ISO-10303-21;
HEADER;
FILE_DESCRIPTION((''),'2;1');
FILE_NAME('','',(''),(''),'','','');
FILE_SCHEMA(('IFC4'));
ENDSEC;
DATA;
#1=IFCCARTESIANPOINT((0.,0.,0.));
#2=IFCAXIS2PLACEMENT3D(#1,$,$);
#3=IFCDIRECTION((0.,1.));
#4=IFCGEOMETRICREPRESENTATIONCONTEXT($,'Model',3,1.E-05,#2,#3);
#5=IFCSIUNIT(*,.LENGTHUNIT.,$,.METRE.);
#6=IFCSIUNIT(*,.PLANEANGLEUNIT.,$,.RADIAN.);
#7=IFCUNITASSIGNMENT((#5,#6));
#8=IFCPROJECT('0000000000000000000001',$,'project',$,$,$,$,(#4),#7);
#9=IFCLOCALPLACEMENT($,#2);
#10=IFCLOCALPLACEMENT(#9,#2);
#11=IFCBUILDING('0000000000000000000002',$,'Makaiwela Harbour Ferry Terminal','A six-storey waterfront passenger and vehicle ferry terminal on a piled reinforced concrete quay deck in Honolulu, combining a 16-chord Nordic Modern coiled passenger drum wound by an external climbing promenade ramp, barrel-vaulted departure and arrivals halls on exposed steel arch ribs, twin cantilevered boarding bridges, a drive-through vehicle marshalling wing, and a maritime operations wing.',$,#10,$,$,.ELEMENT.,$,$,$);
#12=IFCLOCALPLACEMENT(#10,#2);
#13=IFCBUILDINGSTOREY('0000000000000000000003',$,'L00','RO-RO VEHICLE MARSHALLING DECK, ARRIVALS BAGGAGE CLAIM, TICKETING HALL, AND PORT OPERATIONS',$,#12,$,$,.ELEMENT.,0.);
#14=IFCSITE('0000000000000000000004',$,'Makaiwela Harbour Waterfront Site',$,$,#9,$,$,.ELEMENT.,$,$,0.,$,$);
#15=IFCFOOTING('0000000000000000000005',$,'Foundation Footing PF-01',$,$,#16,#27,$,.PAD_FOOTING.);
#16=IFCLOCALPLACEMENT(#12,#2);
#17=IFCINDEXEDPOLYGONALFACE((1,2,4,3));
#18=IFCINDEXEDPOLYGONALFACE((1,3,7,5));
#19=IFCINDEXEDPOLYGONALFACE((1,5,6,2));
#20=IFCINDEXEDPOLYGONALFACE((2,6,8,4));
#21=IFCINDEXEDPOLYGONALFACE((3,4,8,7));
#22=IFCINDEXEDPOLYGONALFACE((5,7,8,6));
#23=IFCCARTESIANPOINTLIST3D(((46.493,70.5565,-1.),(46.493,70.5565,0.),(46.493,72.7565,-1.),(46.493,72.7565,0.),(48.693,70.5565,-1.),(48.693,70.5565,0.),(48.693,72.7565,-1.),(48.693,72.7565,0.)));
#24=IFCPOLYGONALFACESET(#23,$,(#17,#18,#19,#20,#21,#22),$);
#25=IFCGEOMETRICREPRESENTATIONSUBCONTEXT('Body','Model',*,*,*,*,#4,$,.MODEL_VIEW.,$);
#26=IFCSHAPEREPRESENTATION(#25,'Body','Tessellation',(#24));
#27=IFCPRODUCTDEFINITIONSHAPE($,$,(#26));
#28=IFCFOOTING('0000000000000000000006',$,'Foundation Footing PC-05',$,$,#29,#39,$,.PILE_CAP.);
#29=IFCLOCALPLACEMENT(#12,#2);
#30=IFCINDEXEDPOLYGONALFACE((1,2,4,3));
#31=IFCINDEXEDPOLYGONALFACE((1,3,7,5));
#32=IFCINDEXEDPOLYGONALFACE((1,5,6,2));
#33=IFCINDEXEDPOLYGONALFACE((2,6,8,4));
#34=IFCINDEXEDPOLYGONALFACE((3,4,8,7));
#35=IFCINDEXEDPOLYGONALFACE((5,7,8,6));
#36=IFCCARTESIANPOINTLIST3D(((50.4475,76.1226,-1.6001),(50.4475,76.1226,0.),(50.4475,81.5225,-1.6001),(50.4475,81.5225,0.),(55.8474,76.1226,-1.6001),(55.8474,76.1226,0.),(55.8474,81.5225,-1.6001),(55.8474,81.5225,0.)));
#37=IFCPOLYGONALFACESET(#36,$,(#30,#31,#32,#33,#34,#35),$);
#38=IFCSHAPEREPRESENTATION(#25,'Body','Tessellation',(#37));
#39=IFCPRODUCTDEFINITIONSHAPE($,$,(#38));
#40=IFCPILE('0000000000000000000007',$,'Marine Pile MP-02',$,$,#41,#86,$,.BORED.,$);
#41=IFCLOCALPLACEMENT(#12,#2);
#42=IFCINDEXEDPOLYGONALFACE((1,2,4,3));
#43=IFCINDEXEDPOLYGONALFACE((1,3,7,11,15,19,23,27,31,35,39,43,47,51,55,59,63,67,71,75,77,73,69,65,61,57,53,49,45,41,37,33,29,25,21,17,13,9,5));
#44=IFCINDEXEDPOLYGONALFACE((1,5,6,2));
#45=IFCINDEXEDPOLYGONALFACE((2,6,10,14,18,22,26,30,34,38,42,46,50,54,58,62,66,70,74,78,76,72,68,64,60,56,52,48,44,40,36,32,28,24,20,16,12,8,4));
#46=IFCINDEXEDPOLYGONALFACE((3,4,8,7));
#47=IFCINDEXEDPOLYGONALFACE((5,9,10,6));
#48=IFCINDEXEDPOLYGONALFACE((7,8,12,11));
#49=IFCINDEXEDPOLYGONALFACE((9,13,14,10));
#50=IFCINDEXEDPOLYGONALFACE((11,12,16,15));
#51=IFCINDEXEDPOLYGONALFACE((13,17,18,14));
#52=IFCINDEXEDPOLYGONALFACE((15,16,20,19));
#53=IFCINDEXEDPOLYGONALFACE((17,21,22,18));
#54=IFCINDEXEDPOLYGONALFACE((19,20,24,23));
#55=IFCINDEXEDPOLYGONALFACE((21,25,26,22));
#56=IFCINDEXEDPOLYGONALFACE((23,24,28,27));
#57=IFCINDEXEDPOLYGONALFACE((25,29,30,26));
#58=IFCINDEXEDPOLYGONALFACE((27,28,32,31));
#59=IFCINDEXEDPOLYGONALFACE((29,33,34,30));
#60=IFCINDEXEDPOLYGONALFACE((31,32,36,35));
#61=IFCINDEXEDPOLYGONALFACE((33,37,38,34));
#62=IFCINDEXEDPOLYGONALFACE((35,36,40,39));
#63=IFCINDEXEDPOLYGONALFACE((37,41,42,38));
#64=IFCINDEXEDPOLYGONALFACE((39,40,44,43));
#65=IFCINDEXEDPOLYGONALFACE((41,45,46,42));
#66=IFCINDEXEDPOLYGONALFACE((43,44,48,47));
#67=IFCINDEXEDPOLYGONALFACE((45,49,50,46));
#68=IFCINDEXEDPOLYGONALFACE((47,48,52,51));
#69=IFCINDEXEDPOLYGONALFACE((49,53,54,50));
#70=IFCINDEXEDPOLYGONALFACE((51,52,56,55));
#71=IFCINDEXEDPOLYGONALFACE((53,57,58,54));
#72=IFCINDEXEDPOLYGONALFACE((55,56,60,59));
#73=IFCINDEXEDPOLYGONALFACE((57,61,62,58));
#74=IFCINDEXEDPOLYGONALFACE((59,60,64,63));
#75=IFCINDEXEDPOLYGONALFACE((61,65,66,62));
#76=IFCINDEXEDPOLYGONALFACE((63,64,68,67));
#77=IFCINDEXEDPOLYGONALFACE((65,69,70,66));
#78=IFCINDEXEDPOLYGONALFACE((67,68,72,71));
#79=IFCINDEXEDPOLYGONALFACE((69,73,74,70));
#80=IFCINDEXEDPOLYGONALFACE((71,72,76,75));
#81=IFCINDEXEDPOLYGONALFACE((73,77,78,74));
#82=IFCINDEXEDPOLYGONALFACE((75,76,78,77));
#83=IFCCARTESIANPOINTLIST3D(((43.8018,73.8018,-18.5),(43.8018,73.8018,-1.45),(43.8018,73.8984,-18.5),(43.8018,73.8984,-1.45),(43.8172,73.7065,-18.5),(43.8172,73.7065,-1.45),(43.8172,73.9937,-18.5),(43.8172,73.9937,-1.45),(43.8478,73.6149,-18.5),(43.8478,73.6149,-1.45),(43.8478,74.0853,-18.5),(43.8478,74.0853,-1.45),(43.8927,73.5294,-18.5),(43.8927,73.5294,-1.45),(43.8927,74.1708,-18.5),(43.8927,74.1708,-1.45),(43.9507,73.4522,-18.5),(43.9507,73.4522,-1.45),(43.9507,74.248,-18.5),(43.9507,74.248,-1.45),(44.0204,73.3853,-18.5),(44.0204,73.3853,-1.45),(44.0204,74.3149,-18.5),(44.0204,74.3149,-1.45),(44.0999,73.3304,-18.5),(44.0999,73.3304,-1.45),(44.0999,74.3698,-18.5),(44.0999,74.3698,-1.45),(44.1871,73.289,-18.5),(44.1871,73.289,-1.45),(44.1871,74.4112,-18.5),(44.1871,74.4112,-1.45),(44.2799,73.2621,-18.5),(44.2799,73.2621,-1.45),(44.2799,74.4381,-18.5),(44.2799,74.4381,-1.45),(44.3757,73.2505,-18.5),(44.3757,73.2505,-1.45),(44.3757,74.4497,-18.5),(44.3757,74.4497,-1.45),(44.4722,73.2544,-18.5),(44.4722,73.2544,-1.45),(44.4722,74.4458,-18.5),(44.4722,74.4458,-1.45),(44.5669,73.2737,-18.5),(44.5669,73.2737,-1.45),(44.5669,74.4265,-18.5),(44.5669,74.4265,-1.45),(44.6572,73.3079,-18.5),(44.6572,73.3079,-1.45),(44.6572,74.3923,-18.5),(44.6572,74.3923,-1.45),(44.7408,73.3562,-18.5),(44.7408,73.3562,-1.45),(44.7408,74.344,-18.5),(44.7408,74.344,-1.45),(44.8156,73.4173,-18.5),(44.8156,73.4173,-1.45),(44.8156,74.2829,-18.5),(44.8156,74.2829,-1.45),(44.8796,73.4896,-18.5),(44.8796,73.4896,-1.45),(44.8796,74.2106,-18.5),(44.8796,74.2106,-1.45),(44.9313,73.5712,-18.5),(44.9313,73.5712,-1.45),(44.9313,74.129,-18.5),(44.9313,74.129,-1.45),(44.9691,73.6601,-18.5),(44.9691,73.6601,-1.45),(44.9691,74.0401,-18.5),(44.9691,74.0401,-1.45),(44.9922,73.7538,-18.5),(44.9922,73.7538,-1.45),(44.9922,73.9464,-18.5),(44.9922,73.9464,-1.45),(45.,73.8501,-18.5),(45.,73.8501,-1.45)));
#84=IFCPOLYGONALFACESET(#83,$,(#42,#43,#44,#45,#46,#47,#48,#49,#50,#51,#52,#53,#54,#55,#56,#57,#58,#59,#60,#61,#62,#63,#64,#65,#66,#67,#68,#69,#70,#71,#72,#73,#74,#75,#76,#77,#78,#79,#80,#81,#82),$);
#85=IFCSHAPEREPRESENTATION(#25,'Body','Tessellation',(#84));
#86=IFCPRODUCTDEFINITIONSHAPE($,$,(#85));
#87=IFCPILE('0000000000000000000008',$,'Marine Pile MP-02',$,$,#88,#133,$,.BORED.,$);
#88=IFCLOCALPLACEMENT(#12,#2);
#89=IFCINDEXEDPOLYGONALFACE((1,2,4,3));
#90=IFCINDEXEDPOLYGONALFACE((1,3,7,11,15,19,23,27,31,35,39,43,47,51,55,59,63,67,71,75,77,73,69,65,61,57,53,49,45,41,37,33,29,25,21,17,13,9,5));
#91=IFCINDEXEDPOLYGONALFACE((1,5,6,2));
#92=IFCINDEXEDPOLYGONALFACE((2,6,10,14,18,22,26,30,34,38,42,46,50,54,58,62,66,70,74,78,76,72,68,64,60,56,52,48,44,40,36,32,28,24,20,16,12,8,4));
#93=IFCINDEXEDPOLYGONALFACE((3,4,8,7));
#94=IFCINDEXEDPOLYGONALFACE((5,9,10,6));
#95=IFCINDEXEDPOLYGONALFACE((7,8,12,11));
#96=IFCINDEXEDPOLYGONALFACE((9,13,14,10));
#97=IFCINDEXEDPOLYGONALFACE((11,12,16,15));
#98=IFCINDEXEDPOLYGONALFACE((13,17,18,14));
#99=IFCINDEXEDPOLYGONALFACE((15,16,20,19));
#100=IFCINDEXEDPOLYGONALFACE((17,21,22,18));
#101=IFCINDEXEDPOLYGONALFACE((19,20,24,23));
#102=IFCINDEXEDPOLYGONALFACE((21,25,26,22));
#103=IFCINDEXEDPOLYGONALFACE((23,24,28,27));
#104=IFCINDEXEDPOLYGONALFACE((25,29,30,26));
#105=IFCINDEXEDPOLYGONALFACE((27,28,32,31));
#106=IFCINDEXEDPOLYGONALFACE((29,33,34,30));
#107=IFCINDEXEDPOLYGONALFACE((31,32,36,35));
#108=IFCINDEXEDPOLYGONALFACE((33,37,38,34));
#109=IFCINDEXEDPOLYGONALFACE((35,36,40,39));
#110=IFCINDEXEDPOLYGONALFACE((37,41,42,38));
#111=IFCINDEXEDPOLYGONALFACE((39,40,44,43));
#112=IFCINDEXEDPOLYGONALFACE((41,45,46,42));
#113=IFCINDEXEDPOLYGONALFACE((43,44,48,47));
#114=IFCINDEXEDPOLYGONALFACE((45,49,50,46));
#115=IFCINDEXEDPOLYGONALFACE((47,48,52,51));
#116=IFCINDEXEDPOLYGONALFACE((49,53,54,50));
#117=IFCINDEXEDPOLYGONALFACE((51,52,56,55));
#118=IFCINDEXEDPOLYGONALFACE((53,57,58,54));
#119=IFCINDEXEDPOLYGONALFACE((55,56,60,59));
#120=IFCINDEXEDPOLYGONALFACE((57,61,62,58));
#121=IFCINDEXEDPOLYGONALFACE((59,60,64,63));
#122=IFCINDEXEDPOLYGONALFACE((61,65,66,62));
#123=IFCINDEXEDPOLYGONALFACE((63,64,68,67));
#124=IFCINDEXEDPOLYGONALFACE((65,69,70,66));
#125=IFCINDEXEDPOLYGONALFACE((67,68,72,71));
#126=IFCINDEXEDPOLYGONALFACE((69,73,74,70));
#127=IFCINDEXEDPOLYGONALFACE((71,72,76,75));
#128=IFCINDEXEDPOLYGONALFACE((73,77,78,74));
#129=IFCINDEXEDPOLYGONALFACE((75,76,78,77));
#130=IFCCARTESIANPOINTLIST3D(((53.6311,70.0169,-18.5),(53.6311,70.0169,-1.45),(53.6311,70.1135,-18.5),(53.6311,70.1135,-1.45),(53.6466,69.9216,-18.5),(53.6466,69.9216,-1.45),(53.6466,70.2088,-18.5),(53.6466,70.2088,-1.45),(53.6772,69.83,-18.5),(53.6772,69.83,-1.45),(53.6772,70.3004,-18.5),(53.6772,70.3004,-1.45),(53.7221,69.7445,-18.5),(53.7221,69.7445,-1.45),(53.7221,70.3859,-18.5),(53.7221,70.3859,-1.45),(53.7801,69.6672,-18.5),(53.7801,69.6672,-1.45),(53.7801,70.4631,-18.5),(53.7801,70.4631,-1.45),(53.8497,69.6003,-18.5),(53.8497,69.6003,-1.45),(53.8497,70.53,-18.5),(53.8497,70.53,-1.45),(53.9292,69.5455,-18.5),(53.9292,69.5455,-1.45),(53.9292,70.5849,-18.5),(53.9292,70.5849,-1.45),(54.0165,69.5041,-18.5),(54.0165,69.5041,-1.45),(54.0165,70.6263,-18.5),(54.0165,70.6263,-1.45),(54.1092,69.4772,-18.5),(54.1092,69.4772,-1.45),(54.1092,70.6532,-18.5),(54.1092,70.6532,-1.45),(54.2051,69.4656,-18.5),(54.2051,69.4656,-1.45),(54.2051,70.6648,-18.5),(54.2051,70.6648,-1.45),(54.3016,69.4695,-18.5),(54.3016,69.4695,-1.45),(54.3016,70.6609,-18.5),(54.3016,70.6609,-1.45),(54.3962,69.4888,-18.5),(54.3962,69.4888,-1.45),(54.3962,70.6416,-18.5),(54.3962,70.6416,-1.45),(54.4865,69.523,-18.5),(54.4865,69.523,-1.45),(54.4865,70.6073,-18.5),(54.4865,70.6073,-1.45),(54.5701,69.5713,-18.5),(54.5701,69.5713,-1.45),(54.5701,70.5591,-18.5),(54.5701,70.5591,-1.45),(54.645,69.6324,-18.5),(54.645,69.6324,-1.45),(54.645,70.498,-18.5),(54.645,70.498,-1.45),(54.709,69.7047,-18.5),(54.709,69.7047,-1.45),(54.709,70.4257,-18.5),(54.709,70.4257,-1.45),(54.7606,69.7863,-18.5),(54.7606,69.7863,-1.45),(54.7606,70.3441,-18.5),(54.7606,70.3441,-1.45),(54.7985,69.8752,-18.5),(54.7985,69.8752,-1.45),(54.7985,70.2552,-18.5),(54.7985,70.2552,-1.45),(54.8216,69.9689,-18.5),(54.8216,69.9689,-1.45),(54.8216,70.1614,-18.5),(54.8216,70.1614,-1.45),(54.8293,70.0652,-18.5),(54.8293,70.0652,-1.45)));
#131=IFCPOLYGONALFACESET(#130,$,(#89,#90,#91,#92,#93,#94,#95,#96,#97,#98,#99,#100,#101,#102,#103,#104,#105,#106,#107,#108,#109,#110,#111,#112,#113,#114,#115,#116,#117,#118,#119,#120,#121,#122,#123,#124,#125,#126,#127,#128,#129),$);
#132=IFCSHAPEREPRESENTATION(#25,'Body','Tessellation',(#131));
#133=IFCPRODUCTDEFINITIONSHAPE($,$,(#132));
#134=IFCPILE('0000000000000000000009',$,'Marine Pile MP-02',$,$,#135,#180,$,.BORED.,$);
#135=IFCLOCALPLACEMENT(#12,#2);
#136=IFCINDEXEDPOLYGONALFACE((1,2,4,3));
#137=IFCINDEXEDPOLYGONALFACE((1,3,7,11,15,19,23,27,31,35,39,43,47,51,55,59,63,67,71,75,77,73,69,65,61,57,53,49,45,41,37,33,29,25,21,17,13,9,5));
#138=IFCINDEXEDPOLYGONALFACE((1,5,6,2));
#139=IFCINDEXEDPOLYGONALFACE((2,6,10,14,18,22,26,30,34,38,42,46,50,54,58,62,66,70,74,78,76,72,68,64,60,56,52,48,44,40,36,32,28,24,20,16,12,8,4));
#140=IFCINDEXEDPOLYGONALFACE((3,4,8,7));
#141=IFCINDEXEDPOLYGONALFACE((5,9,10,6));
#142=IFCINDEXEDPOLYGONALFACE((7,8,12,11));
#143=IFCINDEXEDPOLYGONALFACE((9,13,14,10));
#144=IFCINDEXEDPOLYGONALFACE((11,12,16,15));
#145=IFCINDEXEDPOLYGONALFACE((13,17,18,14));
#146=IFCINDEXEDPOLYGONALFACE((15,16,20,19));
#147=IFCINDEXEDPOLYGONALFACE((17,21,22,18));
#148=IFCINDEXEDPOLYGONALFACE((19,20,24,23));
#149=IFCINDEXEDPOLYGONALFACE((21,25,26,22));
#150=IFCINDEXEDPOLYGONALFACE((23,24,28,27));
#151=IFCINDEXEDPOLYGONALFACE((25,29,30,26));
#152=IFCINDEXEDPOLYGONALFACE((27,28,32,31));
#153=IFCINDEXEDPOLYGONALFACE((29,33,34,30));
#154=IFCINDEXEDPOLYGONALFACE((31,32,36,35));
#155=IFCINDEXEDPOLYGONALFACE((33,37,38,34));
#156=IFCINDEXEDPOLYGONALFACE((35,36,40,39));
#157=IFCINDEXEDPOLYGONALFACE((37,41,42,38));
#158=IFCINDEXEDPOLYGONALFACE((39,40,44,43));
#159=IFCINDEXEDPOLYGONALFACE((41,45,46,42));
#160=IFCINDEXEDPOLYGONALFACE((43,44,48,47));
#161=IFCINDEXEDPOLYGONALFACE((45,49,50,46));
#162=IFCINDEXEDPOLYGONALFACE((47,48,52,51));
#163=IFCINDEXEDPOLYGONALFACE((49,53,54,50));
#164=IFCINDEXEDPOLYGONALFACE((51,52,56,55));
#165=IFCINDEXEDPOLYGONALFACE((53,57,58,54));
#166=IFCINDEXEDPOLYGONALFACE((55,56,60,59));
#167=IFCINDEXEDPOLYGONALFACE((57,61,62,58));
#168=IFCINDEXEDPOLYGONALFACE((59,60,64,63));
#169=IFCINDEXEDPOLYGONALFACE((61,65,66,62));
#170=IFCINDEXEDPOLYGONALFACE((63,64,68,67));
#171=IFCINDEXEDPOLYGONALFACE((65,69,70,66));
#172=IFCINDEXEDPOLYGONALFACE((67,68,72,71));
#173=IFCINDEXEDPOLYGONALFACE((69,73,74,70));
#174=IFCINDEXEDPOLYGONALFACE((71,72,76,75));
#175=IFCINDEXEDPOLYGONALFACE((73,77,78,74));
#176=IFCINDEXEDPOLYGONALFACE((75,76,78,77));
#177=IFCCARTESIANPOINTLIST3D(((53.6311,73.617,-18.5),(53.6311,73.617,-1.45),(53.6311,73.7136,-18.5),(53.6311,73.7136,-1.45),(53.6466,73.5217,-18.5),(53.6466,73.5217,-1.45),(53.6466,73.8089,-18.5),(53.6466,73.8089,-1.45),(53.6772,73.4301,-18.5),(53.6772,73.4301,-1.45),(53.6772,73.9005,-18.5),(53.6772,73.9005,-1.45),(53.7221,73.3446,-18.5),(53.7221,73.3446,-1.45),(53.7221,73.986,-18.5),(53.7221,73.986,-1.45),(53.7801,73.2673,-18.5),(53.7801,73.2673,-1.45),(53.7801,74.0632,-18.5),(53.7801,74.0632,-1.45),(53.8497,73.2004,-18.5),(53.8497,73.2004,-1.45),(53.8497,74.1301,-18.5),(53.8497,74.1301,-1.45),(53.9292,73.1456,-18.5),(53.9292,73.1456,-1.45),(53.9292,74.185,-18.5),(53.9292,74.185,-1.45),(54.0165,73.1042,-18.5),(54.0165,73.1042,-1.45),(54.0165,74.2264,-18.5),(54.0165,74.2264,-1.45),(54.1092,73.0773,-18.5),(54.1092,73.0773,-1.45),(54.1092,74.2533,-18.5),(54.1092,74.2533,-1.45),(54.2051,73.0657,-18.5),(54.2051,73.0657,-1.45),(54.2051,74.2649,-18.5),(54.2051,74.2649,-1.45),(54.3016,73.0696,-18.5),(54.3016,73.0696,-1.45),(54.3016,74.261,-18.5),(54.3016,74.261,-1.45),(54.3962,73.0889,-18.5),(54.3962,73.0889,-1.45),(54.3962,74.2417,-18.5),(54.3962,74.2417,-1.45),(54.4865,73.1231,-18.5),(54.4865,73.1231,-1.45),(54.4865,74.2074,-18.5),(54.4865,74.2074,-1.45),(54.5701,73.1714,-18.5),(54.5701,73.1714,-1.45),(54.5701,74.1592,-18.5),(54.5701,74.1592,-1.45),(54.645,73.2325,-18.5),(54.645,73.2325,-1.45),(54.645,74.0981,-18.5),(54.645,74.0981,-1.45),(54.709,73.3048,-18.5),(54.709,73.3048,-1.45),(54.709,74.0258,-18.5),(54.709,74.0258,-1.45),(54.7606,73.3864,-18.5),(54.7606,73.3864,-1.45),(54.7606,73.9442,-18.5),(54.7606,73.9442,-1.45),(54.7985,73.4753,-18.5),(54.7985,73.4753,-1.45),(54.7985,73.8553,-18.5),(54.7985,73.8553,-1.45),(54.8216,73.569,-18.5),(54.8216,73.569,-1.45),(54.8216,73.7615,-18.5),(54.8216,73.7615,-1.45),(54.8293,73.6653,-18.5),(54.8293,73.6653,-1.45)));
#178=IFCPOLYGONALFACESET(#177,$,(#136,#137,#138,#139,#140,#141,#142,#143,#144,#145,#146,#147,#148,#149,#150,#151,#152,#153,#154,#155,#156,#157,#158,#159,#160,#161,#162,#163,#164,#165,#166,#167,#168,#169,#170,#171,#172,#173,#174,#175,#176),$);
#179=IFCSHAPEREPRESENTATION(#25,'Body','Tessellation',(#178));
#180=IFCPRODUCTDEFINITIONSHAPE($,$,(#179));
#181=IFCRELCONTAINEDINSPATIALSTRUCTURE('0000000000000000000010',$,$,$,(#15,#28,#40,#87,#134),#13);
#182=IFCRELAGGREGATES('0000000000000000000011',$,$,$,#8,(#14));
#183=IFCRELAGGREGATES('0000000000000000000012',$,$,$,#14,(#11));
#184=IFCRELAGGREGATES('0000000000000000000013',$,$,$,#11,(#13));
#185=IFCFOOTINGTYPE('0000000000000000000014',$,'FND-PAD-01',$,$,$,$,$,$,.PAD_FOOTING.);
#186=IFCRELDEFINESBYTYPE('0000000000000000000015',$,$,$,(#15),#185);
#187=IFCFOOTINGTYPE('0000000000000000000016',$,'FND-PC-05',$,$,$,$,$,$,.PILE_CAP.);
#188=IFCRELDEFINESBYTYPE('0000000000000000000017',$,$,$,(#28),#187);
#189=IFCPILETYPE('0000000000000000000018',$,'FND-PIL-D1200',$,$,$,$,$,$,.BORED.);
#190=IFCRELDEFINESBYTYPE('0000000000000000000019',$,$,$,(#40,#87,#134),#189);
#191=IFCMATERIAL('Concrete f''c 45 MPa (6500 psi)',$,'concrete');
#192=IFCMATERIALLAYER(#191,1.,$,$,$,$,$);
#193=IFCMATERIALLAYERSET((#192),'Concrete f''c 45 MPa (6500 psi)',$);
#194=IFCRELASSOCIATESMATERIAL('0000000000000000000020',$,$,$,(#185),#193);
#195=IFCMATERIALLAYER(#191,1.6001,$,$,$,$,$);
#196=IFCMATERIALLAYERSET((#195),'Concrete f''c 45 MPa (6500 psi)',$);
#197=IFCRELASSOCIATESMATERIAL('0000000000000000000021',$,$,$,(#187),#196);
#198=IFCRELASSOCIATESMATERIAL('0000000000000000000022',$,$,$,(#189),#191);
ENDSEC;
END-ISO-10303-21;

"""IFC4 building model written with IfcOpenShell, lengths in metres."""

from ifc_helpers import new_model, si_unit, direction, frame, origin, origin_2d, place, context, subcontext, project, spatial, rectangle, circle, extrude, material, layer, layer_set, material_profile, profile_set, type_object, element, save


model = new_model("IFC4")

# Units and contexts
model_context = context("Model", 3, precision=1e-05, world=origin(), true_north=direction((0.0, 1.0)))
body_context = subcontext(model_context, "Body", "Model", "MODEL_VIEW")
ifc_project = project(units=[si_unit("LENGTHUNIT", "METRE"), si_unit("PLANEANGLEUNIT", "RADIAN")], contexts=[model_context])

# Site, building, storey
site_placement = place(None, origin())
site = spatial("IfcSite", under=ifc_project, at=site_placement, Name="Makaiwela Harbour Waterfront Site", CompositionType="ELEMENT", RefElevation=0.0)
building_placement = place(site_placement, origin())
building = spatial("IfcBuilding", under=site, at=building_placement, Name="Makaiwela Harbour Ferry Terminal", Description="A six-storey waterfront passenger and vehicle ferry terminal on a piled reinforced concrete quay deck in Honolulu, combining a 16-chord Nordic Modern coiled passenger drum wound by an external climbing promenade ramp, barrel-vaulted departure and arrivals halls on exposed steel arch ribs, twin cantilevered boarding bridges, a drive-through vehicle marshalling wing, and a maritime operations wing.", CompositionType="ELEMENT")
storey_placement = place(building_placement, origin())
storey = spatial("IfcBuildingStorey", under=building, at=storey_placement, Name="L00", Description="RO-RO VEHICLE MARSHALLING DECK, ARRIVALS BAGGAGE CLAIM, TICKETING HALL, AND PORT OPERATIONS", CompositionType="ELEMENT", Elevation=0.0)

# Footings
ifc_material_1 = material(Name="Concrete f'c 45 MPa (6500 psi)", Category="concrete")
ifc_layer_1 = layer(ifc_material_1, 1.0)
ifc_layer_set_1 = layer_set([ifc_layer_1], Name="Concrete f'c 45 MPa (6500 psi)")
footing_type_1 = type_object("IfcFootingType", Name="FND-PAD-01", PredefinedType="PAD_FOOTING", material=ifc_layer_set_1)
footing_1_placement = place(storey_placement, frame((47.593, 71.6565, -1.0), z_axis=(0.0, 0.0, 1.0), x_axis=(1.0, 0.0, 0.0)))
element("IfcFooting", 1, at=footing_1_placement, inside=storey, type_object=footing_type_1, Name="Foundation Footing PF-01", PredefinedType="PAD_FOOTING", context=body_context, shape_type="SweptSolid", body=[
    extrude(rectangle(XDim=2.2, YDim=2.2, at=origin_2d()), origin(), (0.0, 0.0, 1.0), 1.0),
])
ifc_layer_2 = layer(ifc_material_1, 1.6001)
ifc_layer_set_2 = layer_set([ifc_layer_2], Name="Concrete f'c 45 MPa (6500 psi)")
footing_type_2 = type_object("IfcFootingType", Name="FND-PC-05", PredefinedType="PILE_CAP", material=ifc_layer_set_2)
footing_2_placement = place(storey_placement, frame((53.1475, 78.8225, -1.6001), z_axis=(0.0, 0.0, 1.0), x_axis=(1.0, 0.0, 0.0)))
element("IfcFooting", 2, at=footing_2_placement, inside=storey, type_object=footing_type_2, Name="Foundation Footing PC-05", PredefinedType="PILE_CAP", context=body_context, shape_type="SweptSolid", body=[
    extrude(rectangle(XDim=5.3999, YDim=5.3999, at=origin_2d()), origin(), (0.0, 0.0, 1.0), 1.6001),
])

# Piles
ifc_material_profile_1 = material_profile(ifc_material_1, circle(Radius=0.6001, at=origin_2d()), Name="PILE-D1200")
ifc_profile_set_1 = profile_set([ifc_material_profile_1], Name="Concrete f'c 45 MPa (6500 psi)")
pile_type = type_object("IfcPileType", Name="FND-PIL-D1200", PredefinedType="BORED", material=ifc_profile_set_1)
for number, where, z_axis, x_axis, name in (
    (3, (44.3999, 73.8501, -1.45), (0.0, 0.0, -1.0), (1.0, 0.0, 0.0), "Marine Pile MP-02"),
    (4, (54.2292, 70.0652, -1.45), (0.0, 0.0, -1.0), (1.0, 0.0, 0.0), "Marine Pile MP-02"),
    (5, (54.2292, 73.6653, -1.45), (0.0, 0.0, -1.0), (1.0, 0.0, 0.0), "Marine Pile MP-02"),
):
    element("IfcPile", number, at=place(storey_placement, frame(where, z_axis=z_axis, x_axis=x_axis)), inside=storey, type_object=pile_type, Name=name, PredefinedType="BORED", context=body_context, shape_type="SweptSolid", body=[
        extrude(circle(Radius=0.6001, at=origin_2d()), origin(), (0.0, 0.0, 1.0), 17.05),
    ])

save(model, "model.ifc")
